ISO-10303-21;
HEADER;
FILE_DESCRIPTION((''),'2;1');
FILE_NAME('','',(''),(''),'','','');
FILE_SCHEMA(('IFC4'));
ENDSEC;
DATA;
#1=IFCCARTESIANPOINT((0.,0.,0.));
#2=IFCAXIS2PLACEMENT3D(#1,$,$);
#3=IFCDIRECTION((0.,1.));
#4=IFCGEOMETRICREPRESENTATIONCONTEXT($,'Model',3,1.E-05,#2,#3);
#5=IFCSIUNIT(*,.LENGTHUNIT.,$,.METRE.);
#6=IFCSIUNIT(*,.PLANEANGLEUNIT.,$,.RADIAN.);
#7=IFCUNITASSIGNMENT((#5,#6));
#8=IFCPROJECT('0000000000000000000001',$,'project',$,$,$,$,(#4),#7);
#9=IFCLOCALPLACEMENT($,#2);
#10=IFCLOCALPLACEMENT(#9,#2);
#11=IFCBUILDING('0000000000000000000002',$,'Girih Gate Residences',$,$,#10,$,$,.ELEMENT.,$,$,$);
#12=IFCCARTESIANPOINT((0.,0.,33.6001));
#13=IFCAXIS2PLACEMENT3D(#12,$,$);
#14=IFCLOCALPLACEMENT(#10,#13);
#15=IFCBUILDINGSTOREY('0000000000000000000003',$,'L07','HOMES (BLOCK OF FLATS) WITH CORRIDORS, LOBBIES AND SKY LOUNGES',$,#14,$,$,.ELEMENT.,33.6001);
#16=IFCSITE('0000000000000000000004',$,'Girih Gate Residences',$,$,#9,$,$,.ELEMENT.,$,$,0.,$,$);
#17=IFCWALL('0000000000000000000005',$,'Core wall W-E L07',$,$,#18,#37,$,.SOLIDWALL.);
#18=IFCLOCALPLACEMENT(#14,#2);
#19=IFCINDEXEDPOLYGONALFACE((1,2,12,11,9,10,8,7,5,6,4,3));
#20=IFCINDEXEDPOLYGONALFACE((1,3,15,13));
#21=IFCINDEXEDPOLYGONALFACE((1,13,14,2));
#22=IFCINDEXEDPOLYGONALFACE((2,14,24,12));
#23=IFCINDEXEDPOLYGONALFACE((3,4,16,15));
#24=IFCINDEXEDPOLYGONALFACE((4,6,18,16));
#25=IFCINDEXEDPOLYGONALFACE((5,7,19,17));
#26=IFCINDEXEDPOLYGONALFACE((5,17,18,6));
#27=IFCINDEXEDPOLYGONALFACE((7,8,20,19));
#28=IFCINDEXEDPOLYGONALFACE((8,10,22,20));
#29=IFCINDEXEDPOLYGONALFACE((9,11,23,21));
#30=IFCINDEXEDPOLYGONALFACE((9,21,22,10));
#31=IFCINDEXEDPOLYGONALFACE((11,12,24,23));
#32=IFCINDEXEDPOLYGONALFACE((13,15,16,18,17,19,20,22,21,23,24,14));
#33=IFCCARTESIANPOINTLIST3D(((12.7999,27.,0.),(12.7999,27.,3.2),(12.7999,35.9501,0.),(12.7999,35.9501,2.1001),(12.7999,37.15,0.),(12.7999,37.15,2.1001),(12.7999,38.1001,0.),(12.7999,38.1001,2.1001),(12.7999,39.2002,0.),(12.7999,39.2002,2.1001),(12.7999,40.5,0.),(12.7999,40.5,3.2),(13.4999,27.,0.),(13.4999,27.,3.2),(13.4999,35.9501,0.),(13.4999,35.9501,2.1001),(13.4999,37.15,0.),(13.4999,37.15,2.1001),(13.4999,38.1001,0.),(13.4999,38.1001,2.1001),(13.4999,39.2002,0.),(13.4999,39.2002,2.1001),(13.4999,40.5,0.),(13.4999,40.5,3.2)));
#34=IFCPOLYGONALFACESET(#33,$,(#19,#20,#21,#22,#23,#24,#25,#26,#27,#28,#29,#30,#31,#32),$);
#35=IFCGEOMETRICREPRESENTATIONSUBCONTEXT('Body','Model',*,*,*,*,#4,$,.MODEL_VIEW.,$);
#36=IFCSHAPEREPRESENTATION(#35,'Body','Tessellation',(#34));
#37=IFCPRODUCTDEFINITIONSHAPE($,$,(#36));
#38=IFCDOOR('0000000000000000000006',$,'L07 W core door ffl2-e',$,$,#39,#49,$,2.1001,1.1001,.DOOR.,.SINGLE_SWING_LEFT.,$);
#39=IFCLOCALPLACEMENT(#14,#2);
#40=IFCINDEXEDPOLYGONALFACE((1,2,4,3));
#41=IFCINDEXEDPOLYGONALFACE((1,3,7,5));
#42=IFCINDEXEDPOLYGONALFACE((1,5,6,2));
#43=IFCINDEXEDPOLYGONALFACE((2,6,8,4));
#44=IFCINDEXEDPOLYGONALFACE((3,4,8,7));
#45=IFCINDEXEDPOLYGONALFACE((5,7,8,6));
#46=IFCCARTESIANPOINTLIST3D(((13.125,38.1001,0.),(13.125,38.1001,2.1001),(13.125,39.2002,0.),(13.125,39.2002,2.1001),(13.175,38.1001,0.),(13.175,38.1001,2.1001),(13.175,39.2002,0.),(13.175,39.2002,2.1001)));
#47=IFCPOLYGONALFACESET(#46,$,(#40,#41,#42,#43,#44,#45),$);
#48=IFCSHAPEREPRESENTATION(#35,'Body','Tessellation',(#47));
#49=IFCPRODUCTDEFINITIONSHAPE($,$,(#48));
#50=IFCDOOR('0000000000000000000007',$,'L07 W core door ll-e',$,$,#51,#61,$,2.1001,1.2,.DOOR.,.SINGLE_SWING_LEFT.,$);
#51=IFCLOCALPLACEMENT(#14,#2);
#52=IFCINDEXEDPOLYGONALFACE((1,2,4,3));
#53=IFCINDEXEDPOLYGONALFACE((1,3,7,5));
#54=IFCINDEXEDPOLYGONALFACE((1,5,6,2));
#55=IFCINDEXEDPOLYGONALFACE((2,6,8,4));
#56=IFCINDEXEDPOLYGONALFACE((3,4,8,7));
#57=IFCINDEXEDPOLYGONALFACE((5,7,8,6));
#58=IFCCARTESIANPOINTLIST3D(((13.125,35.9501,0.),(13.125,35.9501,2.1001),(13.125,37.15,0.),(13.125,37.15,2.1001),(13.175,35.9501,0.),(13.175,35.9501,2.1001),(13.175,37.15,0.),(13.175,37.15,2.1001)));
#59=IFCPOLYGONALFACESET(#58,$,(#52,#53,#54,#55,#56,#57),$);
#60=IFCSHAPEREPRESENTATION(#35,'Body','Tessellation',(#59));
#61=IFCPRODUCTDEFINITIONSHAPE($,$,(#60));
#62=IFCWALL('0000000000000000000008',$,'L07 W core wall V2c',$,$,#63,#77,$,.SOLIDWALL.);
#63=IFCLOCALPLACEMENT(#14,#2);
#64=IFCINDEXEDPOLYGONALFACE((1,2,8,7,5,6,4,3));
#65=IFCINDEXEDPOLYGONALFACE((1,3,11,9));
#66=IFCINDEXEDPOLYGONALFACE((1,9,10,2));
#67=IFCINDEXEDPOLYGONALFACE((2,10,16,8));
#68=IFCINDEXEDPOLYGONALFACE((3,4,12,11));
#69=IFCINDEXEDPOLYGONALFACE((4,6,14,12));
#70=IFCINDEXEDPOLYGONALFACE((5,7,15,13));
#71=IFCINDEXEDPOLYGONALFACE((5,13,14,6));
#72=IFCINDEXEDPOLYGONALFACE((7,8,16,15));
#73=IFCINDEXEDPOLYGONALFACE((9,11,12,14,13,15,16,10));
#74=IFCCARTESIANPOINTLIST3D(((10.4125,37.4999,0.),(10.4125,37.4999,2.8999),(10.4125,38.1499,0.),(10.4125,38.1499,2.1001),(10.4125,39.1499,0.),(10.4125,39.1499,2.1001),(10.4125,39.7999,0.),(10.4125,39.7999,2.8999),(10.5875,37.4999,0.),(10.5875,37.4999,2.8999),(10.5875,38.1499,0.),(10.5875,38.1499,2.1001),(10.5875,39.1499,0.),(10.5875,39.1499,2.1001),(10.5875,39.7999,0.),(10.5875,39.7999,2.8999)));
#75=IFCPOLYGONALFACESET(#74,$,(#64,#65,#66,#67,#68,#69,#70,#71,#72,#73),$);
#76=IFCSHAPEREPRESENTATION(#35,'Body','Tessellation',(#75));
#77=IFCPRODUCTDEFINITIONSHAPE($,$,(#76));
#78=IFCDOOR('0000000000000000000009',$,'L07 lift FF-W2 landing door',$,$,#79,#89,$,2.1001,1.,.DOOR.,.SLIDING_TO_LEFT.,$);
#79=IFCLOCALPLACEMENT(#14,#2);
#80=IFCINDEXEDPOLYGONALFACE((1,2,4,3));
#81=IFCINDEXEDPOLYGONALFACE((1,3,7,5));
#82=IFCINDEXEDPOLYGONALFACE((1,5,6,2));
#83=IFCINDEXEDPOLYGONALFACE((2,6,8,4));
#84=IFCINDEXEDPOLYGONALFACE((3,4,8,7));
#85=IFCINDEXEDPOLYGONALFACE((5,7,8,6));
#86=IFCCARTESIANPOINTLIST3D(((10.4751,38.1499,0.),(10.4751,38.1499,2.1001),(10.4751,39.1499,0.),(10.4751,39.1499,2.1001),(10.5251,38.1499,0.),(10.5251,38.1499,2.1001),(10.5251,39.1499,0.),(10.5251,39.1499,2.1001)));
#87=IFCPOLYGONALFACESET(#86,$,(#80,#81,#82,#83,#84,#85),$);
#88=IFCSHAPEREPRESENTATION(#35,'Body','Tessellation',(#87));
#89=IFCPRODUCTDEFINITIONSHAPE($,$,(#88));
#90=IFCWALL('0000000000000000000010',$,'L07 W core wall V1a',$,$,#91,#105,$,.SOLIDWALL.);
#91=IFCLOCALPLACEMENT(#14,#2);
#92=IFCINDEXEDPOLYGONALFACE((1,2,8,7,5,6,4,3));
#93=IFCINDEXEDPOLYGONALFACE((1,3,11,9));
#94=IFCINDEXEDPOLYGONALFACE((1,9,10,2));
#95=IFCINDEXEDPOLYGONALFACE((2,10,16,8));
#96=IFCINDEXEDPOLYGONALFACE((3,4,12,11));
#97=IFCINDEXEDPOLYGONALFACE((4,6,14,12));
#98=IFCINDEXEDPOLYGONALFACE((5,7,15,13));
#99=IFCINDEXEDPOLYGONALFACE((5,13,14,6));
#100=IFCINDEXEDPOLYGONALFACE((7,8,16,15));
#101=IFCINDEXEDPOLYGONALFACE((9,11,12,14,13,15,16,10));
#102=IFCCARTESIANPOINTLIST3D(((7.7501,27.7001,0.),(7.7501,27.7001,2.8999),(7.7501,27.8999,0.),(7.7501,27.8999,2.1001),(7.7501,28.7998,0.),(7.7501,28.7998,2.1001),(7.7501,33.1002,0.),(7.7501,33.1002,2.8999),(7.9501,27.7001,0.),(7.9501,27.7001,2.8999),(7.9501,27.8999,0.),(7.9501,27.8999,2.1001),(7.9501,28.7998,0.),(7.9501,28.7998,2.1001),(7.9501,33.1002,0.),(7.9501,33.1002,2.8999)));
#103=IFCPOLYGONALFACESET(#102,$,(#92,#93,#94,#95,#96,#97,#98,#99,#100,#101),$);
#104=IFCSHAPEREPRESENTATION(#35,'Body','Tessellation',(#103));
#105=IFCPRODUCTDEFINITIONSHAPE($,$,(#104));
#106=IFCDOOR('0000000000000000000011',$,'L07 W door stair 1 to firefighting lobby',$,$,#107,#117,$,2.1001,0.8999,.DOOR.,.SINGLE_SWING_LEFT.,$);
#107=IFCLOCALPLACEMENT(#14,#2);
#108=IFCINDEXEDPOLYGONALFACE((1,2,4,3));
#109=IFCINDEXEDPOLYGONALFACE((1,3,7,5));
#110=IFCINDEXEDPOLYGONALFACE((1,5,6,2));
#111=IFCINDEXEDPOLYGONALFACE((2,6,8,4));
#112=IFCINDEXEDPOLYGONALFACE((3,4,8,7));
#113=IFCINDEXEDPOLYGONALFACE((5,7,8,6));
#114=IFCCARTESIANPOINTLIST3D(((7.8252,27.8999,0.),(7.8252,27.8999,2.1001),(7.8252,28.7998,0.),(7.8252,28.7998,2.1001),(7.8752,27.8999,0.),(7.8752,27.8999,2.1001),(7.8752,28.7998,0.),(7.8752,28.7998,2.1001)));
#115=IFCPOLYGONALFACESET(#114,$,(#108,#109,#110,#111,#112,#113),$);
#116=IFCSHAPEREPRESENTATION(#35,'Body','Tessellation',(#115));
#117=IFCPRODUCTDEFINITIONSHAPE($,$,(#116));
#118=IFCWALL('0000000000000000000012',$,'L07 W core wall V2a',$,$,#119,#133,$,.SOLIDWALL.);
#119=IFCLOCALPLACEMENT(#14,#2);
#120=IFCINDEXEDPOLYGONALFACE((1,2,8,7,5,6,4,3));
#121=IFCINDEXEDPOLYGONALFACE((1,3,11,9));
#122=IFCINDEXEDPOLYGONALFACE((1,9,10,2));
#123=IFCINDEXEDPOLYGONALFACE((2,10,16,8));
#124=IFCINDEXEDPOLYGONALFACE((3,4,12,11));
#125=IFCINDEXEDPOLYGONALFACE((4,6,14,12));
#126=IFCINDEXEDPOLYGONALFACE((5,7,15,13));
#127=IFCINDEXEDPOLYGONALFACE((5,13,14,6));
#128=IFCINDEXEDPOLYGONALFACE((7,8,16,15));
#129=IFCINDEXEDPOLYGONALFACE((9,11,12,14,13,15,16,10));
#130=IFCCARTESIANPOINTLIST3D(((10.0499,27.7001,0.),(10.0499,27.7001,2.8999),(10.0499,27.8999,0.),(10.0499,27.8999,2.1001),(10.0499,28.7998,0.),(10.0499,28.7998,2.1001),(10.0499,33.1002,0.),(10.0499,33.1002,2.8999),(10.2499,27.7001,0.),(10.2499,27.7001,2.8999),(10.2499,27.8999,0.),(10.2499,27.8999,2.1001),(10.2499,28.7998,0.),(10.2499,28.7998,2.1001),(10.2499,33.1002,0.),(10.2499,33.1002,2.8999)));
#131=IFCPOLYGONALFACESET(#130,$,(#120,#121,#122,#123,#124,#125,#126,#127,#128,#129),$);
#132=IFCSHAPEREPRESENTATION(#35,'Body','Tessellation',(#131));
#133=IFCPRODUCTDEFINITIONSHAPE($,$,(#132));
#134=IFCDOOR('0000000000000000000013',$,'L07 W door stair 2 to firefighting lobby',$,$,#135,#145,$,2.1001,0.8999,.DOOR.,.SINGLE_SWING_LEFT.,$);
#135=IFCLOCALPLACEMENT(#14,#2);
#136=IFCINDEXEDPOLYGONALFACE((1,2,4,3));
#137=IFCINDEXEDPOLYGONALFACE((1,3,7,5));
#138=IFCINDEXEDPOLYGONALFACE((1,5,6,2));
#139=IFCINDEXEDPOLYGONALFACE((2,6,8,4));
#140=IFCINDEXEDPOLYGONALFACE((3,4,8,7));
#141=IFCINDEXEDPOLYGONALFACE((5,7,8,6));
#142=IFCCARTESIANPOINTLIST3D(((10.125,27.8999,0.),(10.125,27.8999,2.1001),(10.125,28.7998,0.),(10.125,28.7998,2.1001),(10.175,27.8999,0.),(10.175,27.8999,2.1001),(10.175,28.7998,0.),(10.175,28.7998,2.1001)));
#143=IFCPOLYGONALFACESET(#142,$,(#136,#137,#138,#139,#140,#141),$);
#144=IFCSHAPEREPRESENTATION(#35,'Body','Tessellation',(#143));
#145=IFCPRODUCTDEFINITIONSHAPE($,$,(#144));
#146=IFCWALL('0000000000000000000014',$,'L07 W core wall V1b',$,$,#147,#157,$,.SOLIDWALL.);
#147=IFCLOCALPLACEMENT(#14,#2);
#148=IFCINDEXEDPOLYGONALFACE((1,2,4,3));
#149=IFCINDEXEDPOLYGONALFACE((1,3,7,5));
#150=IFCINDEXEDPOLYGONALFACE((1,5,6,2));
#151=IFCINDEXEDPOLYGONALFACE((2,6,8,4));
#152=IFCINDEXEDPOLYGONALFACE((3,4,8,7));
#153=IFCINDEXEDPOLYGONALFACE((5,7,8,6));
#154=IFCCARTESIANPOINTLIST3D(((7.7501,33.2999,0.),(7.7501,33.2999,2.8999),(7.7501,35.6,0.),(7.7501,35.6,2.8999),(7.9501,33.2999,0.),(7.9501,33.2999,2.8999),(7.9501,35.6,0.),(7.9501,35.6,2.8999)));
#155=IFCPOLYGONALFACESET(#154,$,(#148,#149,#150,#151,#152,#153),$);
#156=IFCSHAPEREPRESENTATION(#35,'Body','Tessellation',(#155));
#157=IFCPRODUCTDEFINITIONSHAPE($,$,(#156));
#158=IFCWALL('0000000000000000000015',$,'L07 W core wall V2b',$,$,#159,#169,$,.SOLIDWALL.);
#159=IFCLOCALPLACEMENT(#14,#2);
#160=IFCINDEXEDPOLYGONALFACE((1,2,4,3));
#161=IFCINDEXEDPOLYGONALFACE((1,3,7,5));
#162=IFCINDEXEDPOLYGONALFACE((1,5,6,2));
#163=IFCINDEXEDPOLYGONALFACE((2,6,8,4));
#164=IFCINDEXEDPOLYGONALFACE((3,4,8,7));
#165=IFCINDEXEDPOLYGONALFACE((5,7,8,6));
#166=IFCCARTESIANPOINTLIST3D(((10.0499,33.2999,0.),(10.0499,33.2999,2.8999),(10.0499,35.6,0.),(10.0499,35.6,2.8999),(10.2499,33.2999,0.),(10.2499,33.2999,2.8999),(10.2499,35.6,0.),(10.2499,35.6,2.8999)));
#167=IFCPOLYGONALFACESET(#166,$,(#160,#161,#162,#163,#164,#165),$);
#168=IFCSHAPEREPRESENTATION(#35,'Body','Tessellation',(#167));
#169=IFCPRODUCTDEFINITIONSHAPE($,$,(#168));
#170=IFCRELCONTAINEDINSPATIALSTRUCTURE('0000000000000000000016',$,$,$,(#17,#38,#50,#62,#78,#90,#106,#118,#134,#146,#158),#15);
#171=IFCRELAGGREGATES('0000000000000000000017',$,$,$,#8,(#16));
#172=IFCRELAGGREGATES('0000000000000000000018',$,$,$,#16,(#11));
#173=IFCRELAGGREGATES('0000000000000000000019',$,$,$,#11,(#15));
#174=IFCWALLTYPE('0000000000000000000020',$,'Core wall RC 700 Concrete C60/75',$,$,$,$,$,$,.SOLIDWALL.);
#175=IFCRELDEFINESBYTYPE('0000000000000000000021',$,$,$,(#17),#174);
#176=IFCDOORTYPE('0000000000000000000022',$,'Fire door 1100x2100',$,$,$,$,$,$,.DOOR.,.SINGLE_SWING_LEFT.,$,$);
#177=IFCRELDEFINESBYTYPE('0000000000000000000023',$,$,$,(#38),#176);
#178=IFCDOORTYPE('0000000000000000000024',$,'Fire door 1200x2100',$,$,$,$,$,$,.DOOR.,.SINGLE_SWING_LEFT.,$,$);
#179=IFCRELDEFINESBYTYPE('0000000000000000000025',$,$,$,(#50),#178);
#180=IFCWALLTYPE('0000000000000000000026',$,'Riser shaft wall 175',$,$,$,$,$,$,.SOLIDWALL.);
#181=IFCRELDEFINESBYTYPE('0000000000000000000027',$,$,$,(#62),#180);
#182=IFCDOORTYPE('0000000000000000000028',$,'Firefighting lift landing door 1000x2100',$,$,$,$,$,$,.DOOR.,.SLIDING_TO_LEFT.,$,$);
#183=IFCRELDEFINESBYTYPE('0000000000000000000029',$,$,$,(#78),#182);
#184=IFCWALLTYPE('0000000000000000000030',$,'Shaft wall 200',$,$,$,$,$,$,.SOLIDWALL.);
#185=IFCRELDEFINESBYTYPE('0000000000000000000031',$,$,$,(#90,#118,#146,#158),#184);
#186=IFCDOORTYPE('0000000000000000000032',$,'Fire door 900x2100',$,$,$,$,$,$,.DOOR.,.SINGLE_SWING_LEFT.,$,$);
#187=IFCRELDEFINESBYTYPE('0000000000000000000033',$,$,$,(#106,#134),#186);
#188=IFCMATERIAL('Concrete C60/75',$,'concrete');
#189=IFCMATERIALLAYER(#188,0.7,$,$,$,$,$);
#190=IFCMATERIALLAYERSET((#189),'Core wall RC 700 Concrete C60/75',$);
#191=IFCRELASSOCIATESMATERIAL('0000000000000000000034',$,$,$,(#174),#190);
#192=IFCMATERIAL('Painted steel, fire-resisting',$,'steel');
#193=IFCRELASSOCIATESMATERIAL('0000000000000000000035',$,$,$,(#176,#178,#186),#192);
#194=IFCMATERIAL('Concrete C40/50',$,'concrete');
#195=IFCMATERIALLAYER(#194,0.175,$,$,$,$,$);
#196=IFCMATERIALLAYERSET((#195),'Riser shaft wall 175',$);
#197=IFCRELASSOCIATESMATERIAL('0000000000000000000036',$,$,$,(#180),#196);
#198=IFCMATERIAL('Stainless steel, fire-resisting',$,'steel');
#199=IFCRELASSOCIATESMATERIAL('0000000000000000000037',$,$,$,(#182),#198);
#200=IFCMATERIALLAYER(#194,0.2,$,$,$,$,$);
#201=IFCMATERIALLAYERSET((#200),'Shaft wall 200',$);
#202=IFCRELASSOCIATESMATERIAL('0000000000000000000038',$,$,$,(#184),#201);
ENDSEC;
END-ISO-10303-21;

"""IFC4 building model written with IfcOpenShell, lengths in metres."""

from ifc_helpers import new_model, si_unit, direction, frame, frame_2d, origin, place, context, subcontext, project, spatial, rectangle, extrude, material, layer, layer_set, type_object, element, fill, save


model = new_model("IFC4")

# Units and contexts
model_context = context("Model", 3, precision=1e-05, world=origin(), true_north=direction((0.0, 1.0)))
body_context = subcontext(model_context, "Body", "Model", "MODEL_VIEW")
ifc_project = project(units=[si_unit("LENGTHUNIT", "METRE"), si_unit("PLANEANGLEUNIT", "RADIAN")], contexts=[model_context])

# Site, building, storey
site_placement = place(None, origin())
site = spatial("IfcSite", under=ifc_project, at=site_placement, Name="Girih Gate Residences", CompositionType="ELEMENT", RefElevation=0.0)
building_placement = place(site_placement, origin())
building = spatial("IfcBuilding", under=site, at=building_placement, Name="Girih Gate Residences", CompositionType="ELEMENT")
storey_placement = place(building_placement, frame((0.0, 0.0, 33.6001)))
storey = spatial("IfcBuildingStorey", under=building, at=storey_placement, Name="L07", Description="HOMES (BLOCK OF FLATS) WITH CORRIDORS, LOBBIES AND SKY LOUNGES", CompositionType="ELEMENT", Elevation=33.6001)

# Shared definitions
ifc_material_1 = material(Name="Concrete C60/75", Category="concrete")

# Wall, openings, doors
ifc_layer_1 = layer(ifc_material_1, 0.7)
ifc_layer_set_1 = layer_set([ifc_layer_1], Name="Core wall RC 700 Concrete C60/75")
wall_type_1 = type_object("IfcWallType", Name="Core wall RC 700 Concrete C60/75", PredefinedType="SOLIDWALL", material=ifc_layer_set_1)
wall_1_placement = place(storey_placement, frame((13.1499, 27.0, 0.0), z_axis=(0.0, 0.0, 1.0), x_axis=(0.0, 1.0, 0.0)))
wall_1 = element("IfcWall", 1, at=wall_1_placement, inside=storey, type_object=wall_type_1, Name="Core wall W-E L07", PredefinedType="SOLIDWALL", context=body_context, shape_type="SweptSolid", body=[
    extrude(rectangle(XDim=13.5, YDim=0.7, at=frame_2d((6.75, 0.0))), origin(), (0.0, 0.0, 1.0), 3.2),
])
opening_1_placement = place(wall_1_placement, frame((11.1001, 0.0, 0.0)))
opening_1 = element("IfcOpeningElement", 2, at=opening_1_placement, cuts=wall_1, PredefinedType="OPENING", context=body_context, shape_type="SweptSolid", body=[
    extrude(rectangle(XDim=1.1001, YDim=2.1001, at=frame_2d((0.55, 1.05))), frame((0.0, 0.3599, 0.0), z_axis=(0.0, -1.0, 0.0), x_axis=(1.0, 0.0, 0.0)), (0.0, 0.0, 1.0), 0.72),
])
opening_2_placement = place(wall_1_placement, frame((8.95, 0.0, 0.0)))
opening_2 = element("IfcOpeningElement", 3, at=opening_2_placement, cuts=wall_1, PredefinedType="OPENING", context=body_context, shape_type="SweptSolid", body=[
    extrude(rectangle(XDim=1.2, YDim=2.1001, at=frame_2d((0.6001, 1.05))), frame((0.0, 0.3599, 0.0), z_axis=(0.0, -1.0, 0.0), x_axis=(1.0, 0.0, 0.0)), (0.0, 0.0, 1.0), 0.72),
])
ifc_material_2 = material(Name="Painted steel, fire-resisting", Category="steel")
door_type_1 = type_object("IfcDoorType", Name="Fire door 1100x2100", OperationType="SINGLE_SWING_LEFT", PredefinedType="DOOR", material=ifc_material_2)
door_1_placement = place(opening_1_placement, origin())
door_1 = element("IfcDoor", 4, at=door_1_placement, inside=storey, type_object=door_type_1, Name="L07 W core door ffl2-e", OperationType="SINGLE_SWING_LEFT", OverallHeight=2.1001, OverallWidth=1.1001, PredefinedType="DOOR", context=body_context, shape_type="SweptSolid", body=[
    extrude(rectangle(XDim=1.1001, YDim=2.1001, at=frame_2d((0.55, 1.05))), frame((0.0, 0.0249, 0.0), z_axis=(0.0, -1.0, 0.0), x_axis=(1.0, 0.0, 0.0)), (0.0, 0.0, 1.0), 0.05),
])
fill(opening_1, door_1)
door_type_2 = type_object("IfcDoorType", Name="Fire door 1200x2100", OperationType="SINGLE_SWING_LEFT", PredefinedType="DOOR", material=ifc_material_2)
door_2_placement = place(opening_2_placement, origin())
door_2 = element("IfcDoor", 5, at=door_2_placement, inside=storey, type_object=door_type_2, Name="L07 W core door ll-e", OperationType="SINGLE_SWING_LEFT", OverallHeight=2.1001, OverallWidth=1.2, PredefinedType="DOOR", context=body_context, shape_type="SweptSolid", body=[
    extrude(rectangle(XDim=1.2, YDim=2.1001, at=frame_2d((0.6001, 1.05))), frame((0.0, 0.0249, 0.0), z_axis=(0.0, -1.0, 0.0), x_axis=(1.0, 0.0, 0.0)), (0.0, 0.0, 1.0), 0.05),
])
fill(opening_2, door_2)

# Walls, openings, doors
ifc_material_3 = material(Name="Concrete C40/50", Category="concrete")
ifc_layer_2 = layer(ifc_material_3, 0.175)
ifc_layer_set_2 = layer_set([ifc_layer_2], Name="Riser shaft wall 175")
wall_type_2 = type_object("IfcWallType", Name="Riser shaft wall 175", PredefinedType="SOLIDWALL", material=ifc_layer_set_2)
wall_2_placement = place(storey_placement, frame((10.5, 37.5, 0.0), z_axis=(0.0, 0.0, 1.0), x_axis=(0.0, 1.0, 0.0)))
wall_2 = element("IfcWall", 6, at=wall_2_placement, inside=storey, type_object=wall_type_2, Name="L07 W core wall V2c", PredefinedType="SOLIDWALL", context=body_context, shape_type="SweptSolid", body=[
    extrude(rectangle(XDim=2.3, YDim=0.175, at=frame_2d((1.1499, 0.0))), origin(), (0.0, 0.0, 1.0), 2.8999),
])
opening_3_placement = place(wall_2_placement, frame((0.6499, 0.0, 0.0)))
opening_3 = element("IfcOpeningElement", 7, at=opening_3_placement, cuts=wall_2, PredefinedType="OPENING", context=body_context, shape_type="SweptSolid", body=[
    extrude(rectangle(XDim=1.0, YDim=2.1001, at=frame_2d((0.5, 1.05))), frame((0.0, 0.0974, 0.0), z_axis=(0.0, -1.0, 0.0), x_axis=(1.0, 0.0, 0.0)), (0.0, 0.0, 1.0), 0.1951),
])
ifc_material_4 = material(Name="Stainless steel, fire-resisting", Category="steel")
door_type_3 = type_object("IfcDoorType", Name="Firefighting lift landing door 1000x2100", OperationType="SLIDING_TO_LEFT", PredefinedType="DOOR", material=ifc_material_4)
door_3_placement = place(opening_3_placement, origin())
door_3 = element("IfcDoor", 8, at=door_3_placement, inside=storey, type_object=door_type_3, Name="L07 lift FF-W2 landing door", OperationType="SLIDING_TO_LEFT", OverallHeight=2.1001, OverallWidth=1.0, PredefinedType="DOOR", context=body_context, shape_type="SweptSolid", body=[
    extrude(rectangle(XDim=1.0, YDim=2.1001, at=frame_2d((0.5, 1.05))), frame((0.0, 0.0249, 0.0), z_axis=(0.0, -1.0, 0.0), x_axis=(1.0, 0.0, 0.0)), (0.0, 0.0, 1.0), 0.05),
])
fill(opening_3, door_3)
ifc_layer_3 = layer(ifc_material_3, 0.2)
ifc_layer_set_3 = layer_set([ifc_layer_3], Name="Shaft wall 200")
wall_type_3 = type_object("IfcWallType", Name="Shaft wall 200", PredefinedType="SOLIDWALL", material=ifc_layer_set_3)
wall_3_placement = place(storey_placement, frame((7.8501, 27.7, 0.0), z_axis=(0.0, 0.0, 1.0), x_axis=(0.0, 1.0, 0.0)))
wall_3 = element("IfcWall", 9, at=wall_3_placement, inside=storey, type_object=wall_type_3, Name="L07 W core wall V1a", PredefinedType="SOLIDWALL", context=body_context, shape_type="SweptSolid", body=[
    extrude(rectangle(XDim=5.4001, YDim=0.2, at=frame_2d((2.7002, 0.0))), origin(), (0.0, 0.0, 1.0), 2.8999),
])
opening_4_placement = place(wall_3_placement, frame((0.2, 0.0, 0.0)))
opening_4 = element("IfcOpeningElement", 10, at=opening_4_placement, cuts=wall_3, PredefinedType="OPENING", context=body_context, shape_type="SweptSolid", body=[
    extrude(rectangle(XDim=0.8999, YDim=2.1001, at=frame_2d((0.45, 1.05))), frame((0.0, 0.1099, 0.0), z_axis=(0.0, -1.0, 0.0), x_axis=(1.0, 0.0, 0.0)), (0.0, 0.0, 1.0), 0.22),
])
door_type_4 = type_object("IfcDoorType", Name="Fire door 900x2100", OperationType="SINGLE_SWING_LEFT", PredefinedType="DOOR", material=ifc_material_2)
door_4_placement = place(opening_4_placement, origin())
door_4 = element("IfcDoor", 11, at=door_4_placement, inside=storey, type_object=door_type_4, Name="L07 W door stair 1 to firefighting lobby", OperationType="SINGLE_SWING_LEFT", OverallHeight=2.1001, OverallWidth=0.8999, PredefinedType="DOOR", context=body_context, shape_type="SweptSolid", body=[
    extrude(rectangle(XDim=0.8999, YDim=2.1001, at=frame_2d((0.45, 1.05))), frame((0.0, 0.0249, 0.0), z_axis=(0.0, -1.0, 0.0), x_axis=(1.0, 0.0, 0.0)), (0.0, 0.0, 1.0), 0.05),
])
fill(opening_4, door_4)
wall_4_placement = place(storey_placement, frame((10.1499, 27.7, 0.0), z_axis=(0.0, 0.0, 1.0), x_axis=(0.0, 1.0, 0.0)))
wall_4 = element("IfcWall", 12, at=wall_4_placement, inside=storey, type_object=wall_type_3, Name="L07 W core wall V2a", PredefinedType="SOLIDWALL", context=body_context, shape_type="SweptSolid", body=[
    extrude(rectangle(XDim=5.4001, YDim=0.2, at=frame_2d((2.7002, 0.0))), origin(), (0.0, 0.0, 1.0), 2.8999),
])
opening_5_placement = place(wall_4_placement, frame((0.2, 0.0, 0.0)))
opening_5 = element("IfcOpeningElement", 13, at=opening_5_placement, cuts=wall_4, PredefinedType="OPENING", context=body_context, shape_type="SweptSolid", body=[
    extrude(rectangle(XDim=0.8999, YDim=2.1001, at=frame_2d((0.45, 1.05))), frame((0.0, 0.1099, 0.0), z_axis=(0.0, -1.0, 0.0), x_axis=(1.0, 0.0, 0.0)), (0.0, 0.0, 1.0), 0.22),
])
door_5_placement = place(opening_5_placement, origin())
door_5 = element("IfcDoor", 14, at=door_5_placement, inside=storey, type_object=door_type_4, Name="L07 W door stair 2 to firefighting lobby", OperationType="SINGLE_SWING_LEFT", OverallHeight=2.1001, OverallWidth=0.8999, PredefinedType="DOOR", context=body_context, shape_type="SweptSolid", body=[
    extrude(rectangle(XDim=0.8999, YDim=2.1001, at=frame_2d((0.45, 1.05))), frame((0.0, 0.0249, 0.0), z_axis=(0.0, -1.0, 0.0), x_axis=(1.0, 0.0, 0.0)), (0.0, 0.0, 1.0), 0.05),
])
fill(opening_5, door_5)

# Walls
for number, where, z_axis, x_axis, name in (
    (15, (7.8501, 33.3, 0.0), (0.0, 0.0, 1.0), (0.0, 1.0, 0.0), "L07 W core wall V1b"),
    (16, (10.1499, 33.3, 0.0), (0.0, 0.0, 1.0), (0.0, 1.0, 0.0), "L07 W core wall V2b"),
):
    element("IfcWall", number, at=place(storey_placement, frame(where, z_axis=z_axis, x_axis=x_axis)), inside=storey, type_object=wall_type_3, Name=name, PredefinedType="SOLIDWALL", context=body_context, shape_type="SweptSolid", body=[
        extrude(rectangle(XDim=2.3, YDim=0.2, at=frame_2d((1.1499, 0.0))), origin(), (0.0, 0.0, 1.0), 2.8999),
    ])

save(model, "model.ifc")
